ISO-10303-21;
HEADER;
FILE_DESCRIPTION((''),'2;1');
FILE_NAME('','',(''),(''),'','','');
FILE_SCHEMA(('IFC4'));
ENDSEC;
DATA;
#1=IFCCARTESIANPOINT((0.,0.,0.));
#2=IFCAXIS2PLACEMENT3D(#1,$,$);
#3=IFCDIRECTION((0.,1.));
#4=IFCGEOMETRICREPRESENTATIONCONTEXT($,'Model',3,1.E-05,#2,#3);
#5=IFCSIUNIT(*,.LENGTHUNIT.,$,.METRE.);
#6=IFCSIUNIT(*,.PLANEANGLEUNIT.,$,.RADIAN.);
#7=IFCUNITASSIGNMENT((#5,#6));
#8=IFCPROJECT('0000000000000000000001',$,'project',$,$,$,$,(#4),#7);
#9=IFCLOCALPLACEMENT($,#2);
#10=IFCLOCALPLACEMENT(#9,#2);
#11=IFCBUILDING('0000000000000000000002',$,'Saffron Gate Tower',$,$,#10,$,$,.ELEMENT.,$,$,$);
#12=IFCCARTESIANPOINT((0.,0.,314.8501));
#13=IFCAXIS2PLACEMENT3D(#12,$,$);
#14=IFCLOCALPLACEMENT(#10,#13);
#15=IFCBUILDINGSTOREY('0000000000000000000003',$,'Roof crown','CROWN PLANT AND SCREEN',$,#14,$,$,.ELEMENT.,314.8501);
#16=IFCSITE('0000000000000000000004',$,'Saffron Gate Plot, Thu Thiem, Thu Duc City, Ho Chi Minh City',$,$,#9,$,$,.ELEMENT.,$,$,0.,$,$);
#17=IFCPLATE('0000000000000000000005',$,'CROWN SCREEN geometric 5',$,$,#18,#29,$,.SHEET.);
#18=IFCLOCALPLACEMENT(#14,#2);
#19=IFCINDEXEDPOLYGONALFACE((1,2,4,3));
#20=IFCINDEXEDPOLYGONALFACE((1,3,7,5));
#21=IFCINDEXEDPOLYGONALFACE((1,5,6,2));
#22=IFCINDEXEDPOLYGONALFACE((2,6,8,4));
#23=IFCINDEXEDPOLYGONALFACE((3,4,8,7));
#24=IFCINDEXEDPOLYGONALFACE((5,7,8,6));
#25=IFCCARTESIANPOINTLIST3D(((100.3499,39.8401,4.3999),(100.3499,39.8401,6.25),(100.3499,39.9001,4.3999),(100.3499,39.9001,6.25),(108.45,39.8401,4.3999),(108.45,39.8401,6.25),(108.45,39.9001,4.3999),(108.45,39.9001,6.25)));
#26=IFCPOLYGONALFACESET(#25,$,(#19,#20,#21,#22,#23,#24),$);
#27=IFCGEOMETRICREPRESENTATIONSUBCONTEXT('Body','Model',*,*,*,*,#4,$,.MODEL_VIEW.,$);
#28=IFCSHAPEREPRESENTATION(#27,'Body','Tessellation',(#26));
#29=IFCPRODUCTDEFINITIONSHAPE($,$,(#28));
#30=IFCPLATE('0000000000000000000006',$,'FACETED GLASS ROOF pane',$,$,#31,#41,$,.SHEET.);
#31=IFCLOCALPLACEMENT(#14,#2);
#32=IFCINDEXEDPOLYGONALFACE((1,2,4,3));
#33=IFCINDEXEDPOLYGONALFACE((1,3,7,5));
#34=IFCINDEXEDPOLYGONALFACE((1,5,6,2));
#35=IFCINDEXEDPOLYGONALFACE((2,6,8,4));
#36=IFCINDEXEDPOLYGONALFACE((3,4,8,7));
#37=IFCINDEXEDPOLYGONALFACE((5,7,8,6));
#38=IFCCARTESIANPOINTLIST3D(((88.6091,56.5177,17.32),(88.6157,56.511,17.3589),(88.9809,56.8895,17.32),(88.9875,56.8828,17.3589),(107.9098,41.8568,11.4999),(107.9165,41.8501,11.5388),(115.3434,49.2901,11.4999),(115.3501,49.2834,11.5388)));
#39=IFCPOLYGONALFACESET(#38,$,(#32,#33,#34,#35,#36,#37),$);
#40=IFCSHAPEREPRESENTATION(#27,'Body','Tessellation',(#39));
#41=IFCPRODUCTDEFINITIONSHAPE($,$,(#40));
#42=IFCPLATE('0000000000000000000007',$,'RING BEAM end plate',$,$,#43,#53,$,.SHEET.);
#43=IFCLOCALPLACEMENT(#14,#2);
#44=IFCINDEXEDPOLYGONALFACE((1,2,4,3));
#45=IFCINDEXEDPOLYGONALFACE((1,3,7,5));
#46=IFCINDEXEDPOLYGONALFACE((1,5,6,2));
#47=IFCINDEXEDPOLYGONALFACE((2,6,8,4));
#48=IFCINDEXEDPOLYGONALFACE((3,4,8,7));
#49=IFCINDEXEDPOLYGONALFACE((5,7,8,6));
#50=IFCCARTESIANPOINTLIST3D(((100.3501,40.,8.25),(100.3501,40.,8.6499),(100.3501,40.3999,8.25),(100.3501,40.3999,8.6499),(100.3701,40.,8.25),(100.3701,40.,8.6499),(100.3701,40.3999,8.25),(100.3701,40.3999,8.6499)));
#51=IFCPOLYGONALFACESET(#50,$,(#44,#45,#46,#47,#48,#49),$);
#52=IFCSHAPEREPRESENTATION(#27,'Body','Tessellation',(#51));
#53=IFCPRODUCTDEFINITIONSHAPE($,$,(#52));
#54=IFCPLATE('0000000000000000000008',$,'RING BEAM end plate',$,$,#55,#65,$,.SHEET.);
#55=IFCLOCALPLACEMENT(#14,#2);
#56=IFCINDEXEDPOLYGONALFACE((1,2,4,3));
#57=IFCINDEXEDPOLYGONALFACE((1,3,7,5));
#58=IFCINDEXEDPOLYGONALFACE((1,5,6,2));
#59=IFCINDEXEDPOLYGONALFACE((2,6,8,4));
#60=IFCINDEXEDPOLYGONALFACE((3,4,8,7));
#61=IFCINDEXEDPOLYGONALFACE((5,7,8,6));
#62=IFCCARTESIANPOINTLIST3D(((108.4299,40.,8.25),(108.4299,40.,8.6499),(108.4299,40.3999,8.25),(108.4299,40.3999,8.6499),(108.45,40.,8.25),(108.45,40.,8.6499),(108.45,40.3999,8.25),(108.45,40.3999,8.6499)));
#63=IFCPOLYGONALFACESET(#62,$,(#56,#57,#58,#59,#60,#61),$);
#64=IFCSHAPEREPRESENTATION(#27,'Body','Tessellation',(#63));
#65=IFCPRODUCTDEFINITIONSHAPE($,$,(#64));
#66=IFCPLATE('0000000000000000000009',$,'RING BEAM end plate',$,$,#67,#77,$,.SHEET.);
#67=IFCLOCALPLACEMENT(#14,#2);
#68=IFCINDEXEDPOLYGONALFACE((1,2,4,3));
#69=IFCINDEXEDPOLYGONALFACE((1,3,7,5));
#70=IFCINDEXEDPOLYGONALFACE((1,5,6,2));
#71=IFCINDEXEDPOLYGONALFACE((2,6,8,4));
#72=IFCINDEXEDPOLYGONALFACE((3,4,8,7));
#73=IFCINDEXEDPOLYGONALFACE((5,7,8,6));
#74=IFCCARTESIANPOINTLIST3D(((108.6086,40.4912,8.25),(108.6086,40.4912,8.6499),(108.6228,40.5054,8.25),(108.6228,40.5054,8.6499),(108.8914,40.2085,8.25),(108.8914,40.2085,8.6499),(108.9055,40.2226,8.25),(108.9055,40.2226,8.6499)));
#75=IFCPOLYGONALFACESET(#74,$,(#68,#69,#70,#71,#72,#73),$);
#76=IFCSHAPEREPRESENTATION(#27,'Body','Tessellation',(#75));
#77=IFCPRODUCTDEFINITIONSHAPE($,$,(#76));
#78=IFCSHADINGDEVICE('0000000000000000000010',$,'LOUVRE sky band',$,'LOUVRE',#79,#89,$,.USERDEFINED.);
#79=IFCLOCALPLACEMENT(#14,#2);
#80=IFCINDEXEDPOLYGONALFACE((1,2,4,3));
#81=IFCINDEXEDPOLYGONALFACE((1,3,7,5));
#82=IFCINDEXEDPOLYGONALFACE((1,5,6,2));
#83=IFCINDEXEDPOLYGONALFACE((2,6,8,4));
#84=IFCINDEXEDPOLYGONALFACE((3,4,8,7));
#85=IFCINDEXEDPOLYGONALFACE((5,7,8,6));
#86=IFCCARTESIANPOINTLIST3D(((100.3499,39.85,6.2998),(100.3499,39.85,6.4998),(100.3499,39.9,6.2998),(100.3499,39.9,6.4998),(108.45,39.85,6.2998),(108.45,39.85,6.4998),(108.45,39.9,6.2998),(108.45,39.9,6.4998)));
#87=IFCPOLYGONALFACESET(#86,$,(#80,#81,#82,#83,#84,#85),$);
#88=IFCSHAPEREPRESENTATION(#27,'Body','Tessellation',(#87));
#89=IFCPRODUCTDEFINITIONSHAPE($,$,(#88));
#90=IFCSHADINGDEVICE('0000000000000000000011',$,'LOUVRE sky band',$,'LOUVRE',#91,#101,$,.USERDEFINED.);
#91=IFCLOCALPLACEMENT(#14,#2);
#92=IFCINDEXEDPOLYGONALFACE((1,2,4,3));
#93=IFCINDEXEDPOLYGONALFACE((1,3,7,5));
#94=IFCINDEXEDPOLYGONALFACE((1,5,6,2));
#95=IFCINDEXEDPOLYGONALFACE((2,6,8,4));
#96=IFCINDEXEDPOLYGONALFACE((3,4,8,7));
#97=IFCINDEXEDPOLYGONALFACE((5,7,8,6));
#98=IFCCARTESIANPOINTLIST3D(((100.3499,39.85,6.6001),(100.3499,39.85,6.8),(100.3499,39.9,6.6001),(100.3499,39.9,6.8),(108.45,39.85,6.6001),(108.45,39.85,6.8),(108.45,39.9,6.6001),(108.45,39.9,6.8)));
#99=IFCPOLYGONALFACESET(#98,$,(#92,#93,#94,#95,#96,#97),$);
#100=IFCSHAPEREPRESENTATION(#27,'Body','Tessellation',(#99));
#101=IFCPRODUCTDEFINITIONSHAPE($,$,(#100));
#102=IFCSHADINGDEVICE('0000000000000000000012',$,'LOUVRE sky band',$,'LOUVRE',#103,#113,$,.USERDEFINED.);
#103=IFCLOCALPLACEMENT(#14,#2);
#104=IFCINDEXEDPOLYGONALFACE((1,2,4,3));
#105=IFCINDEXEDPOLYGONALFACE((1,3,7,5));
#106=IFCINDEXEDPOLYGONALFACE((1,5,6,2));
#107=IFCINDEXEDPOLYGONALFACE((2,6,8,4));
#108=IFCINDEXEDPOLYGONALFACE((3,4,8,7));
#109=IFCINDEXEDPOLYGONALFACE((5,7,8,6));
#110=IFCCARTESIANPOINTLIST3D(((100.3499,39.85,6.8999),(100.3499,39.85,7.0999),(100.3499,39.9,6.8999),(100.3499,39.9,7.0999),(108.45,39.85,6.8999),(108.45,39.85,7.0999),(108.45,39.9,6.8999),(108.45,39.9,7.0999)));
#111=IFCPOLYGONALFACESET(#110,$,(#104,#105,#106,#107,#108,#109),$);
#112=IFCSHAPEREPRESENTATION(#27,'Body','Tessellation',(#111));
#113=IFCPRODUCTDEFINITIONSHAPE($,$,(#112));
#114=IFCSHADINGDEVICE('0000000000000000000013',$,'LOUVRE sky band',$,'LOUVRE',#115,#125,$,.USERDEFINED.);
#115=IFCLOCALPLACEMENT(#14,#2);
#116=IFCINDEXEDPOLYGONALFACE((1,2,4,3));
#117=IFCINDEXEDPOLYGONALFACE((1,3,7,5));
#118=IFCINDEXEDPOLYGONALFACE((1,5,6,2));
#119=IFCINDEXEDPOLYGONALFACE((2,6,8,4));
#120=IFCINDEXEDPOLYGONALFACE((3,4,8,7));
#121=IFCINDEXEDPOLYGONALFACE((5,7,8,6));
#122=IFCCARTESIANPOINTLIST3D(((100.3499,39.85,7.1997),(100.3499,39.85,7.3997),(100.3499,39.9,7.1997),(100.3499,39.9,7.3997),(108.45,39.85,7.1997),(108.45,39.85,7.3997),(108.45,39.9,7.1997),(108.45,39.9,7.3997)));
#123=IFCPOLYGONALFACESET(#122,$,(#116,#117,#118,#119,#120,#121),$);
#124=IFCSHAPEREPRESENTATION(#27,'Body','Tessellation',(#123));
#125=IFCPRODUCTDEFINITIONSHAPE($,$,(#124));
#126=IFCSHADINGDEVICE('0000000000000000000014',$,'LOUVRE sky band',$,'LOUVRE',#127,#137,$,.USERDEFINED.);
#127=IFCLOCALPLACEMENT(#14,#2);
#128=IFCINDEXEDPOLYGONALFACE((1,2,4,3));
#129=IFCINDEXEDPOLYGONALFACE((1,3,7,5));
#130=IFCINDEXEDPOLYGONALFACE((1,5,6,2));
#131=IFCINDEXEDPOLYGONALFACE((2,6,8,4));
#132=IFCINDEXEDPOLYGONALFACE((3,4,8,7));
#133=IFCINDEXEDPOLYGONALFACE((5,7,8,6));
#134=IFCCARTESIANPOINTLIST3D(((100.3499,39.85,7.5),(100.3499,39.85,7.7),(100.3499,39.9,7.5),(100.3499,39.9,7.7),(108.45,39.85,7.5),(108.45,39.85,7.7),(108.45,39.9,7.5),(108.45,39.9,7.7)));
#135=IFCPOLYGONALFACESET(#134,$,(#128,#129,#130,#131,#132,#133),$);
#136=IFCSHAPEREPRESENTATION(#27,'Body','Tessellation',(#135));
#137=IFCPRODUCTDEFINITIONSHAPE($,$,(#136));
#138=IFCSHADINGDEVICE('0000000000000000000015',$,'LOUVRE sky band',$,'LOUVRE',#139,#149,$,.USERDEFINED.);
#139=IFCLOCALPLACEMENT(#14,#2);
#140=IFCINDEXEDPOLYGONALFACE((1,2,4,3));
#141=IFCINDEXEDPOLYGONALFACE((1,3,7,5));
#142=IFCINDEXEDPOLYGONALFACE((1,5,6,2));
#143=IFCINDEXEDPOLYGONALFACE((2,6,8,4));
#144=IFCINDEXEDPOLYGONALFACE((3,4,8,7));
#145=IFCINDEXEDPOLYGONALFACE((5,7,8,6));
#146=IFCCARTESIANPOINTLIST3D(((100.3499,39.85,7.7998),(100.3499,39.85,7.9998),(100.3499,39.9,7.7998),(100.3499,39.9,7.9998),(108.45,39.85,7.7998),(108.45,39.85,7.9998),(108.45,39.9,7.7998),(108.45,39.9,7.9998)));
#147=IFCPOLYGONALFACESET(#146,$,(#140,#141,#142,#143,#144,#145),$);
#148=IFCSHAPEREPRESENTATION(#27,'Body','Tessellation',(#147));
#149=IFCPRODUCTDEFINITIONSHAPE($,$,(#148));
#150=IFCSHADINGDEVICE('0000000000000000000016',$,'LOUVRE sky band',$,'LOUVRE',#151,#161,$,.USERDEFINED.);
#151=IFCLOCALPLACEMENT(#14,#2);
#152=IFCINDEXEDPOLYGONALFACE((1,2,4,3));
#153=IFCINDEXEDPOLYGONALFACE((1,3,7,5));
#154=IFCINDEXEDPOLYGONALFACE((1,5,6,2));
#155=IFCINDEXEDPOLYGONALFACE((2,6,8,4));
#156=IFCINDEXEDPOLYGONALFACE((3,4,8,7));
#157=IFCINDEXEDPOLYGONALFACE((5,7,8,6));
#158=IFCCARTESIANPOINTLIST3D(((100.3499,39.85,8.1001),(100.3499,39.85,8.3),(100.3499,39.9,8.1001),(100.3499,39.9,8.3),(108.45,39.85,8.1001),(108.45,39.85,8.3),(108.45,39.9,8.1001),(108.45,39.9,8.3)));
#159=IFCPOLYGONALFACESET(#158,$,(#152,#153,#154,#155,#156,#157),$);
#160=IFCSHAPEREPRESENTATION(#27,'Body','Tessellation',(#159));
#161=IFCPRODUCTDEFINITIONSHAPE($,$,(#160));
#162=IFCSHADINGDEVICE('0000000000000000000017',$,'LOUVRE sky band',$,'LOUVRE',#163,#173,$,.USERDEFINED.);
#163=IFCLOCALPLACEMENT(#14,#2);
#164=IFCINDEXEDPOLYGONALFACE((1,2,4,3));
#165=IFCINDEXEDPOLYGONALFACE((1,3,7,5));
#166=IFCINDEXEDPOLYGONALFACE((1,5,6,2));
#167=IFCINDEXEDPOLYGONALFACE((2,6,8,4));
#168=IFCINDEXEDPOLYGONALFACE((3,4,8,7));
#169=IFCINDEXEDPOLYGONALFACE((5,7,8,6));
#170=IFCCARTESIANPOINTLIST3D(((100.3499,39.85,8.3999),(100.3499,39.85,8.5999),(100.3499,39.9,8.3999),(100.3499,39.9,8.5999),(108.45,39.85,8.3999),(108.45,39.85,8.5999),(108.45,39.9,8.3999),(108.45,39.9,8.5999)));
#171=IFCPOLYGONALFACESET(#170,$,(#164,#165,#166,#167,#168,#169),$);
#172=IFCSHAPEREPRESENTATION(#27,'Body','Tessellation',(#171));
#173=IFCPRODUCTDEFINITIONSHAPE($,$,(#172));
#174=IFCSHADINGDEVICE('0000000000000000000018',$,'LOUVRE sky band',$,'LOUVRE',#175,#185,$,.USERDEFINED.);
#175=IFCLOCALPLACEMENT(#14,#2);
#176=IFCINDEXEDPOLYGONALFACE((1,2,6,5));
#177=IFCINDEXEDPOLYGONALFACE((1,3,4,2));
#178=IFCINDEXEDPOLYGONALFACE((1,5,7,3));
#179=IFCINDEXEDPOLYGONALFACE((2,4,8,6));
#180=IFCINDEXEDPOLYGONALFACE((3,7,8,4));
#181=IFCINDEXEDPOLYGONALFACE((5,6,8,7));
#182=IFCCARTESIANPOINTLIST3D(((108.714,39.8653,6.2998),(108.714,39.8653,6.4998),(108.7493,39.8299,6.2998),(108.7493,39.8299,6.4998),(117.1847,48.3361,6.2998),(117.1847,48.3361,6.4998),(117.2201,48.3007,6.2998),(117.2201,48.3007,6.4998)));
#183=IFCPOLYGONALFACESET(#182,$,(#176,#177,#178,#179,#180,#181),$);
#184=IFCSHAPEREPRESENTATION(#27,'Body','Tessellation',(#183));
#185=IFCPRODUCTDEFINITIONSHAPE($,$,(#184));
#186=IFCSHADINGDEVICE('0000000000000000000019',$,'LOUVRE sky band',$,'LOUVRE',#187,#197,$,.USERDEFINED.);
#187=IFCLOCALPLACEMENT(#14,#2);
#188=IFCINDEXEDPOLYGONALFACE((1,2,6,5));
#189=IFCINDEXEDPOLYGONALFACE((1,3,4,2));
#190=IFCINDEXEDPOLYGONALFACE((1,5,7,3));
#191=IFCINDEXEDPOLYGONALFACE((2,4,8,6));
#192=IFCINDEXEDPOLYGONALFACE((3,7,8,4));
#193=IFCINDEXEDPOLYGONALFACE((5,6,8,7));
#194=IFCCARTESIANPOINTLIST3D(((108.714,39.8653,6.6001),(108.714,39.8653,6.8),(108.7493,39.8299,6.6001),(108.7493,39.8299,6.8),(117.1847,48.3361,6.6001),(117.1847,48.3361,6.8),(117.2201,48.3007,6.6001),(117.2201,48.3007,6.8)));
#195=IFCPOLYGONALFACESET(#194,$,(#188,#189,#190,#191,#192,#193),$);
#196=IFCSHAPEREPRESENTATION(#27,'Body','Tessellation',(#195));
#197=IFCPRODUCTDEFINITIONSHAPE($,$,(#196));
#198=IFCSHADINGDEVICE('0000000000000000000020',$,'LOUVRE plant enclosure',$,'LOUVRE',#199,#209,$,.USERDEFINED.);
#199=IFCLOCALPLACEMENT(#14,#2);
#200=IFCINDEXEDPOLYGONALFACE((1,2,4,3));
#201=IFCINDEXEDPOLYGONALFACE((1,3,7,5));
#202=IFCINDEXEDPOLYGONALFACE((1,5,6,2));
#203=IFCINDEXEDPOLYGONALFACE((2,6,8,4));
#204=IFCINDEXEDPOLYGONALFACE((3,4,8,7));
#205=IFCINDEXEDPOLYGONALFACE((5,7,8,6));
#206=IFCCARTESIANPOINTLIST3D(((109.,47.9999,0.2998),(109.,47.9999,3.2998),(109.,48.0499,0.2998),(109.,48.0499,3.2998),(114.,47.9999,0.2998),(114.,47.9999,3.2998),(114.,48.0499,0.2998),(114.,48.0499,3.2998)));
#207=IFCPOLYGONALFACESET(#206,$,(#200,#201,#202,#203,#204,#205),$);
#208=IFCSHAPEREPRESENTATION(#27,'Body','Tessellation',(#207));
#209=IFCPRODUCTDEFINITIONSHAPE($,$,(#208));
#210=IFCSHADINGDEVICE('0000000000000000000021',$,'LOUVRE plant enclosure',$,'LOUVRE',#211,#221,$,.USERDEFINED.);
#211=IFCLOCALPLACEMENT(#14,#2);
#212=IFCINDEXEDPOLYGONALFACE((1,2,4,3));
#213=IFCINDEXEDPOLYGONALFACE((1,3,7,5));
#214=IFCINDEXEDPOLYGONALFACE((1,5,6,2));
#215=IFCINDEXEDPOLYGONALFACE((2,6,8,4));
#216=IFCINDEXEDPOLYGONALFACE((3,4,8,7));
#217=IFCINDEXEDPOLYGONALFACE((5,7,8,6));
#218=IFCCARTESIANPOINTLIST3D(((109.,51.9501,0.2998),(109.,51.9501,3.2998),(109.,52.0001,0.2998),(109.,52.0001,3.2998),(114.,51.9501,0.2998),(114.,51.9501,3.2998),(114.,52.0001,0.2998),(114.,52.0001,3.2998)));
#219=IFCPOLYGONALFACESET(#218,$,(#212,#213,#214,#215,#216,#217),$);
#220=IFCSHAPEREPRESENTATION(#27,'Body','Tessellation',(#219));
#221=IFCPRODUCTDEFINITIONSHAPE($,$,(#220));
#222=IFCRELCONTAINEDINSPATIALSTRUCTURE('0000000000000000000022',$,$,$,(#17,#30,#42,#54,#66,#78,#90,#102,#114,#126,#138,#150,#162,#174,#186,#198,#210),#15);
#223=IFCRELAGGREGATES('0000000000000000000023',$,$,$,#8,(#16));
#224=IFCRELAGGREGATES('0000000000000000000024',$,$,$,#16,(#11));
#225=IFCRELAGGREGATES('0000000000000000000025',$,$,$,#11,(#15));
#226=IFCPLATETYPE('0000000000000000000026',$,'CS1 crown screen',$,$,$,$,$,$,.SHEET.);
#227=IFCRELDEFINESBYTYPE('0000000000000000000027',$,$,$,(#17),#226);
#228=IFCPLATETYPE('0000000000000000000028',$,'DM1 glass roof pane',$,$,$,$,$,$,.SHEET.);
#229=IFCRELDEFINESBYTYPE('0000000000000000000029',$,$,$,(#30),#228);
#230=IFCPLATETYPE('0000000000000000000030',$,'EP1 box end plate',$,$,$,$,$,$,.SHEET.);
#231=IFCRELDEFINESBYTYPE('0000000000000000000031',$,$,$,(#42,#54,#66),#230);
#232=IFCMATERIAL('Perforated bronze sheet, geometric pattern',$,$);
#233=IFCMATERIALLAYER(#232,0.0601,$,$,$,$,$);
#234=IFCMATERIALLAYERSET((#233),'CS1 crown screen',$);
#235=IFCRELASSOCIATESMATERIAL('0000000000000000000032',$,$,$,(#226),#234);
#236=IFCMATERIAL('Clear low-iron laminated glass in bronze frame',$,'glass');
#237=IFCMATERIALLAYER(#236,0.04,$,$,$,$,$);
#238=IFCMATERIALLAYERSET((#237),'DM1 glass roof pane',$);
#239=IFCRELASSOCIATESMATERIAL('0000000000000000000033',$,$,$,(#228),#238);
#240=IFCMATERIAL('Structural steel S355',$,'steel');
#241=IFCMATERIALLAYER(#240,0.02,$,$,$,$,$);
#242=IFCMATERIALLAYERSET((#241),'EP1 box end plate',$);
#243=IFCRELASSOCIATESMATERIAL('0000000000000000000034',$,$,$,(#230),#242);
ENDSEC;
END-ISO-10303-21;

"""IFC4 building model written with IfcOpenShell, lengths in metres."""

from ifc_helpers import new_model, si_unit, direction, frame, origin, origin_2d, place, context, subcontext, project, spatial, polyline, rectangle, outline, extrude, material, layer, layer_set, type_object, element, save


model = new_model("IFC4")

# Units and contexts
model_context = context("Model", 3, precision=1e-05, world=origin(), true_north=direction((0.0, 1.0)))
body_context = subcontext(model_context, "Body", "Model", "MODEL_VIEW")
ifc_project = project(units=[si_unit("LENGTHUNIT", "METRE"), si_unit("PLANEANGLEUNIT", "RADIAN")], contexts=[model_context])

# Site, building, storey
site_placement = place(None, origin())
site = spatial("IfcSite", under=ifc_project, at=site_placement, Name="Saffron Gate Plot, Thu Thiem, Thu Duc City, Ho Chi Minh City", CompositionType="ELEMENT", RefElevation=0.0)
building_placement = place(site_placement, origin())
building = spatial("IfcBuilding", under=site, at=building_placement, Name="Saffron Gate Tower", CompositionType="ELEMENT")
storey_placement = place(building_placement, frame((0.0, 0.0, 314.8501)))
storey = spatial("IfcBuildingStorey", under=building, at=storey_placement, Name="Roof crown", Description="CROWN PLANT AND SCREEN", CompositionType="ELEMENT", Elevation=314.8501)

# Shared definitions
ifc_material_1 = material(Name="Structural steel S355", Category="steel")

# Plates
ifc_material_2 = material(Name="Perforated bronze sheet, geometric pattern")
ifc_layer_1 = layer(ifc_material_2, 0.0601)
ifc_layer_set_1 = layer_set([ifc_layer_1], Name="CS1 crown screen")
plate_type_1 = type_object("IfcPlateType", Name="CS1 crown screen", PredefinedType="SHEET", material=ifc_layer_set_1)
plate_1_placement = place(storey_placement, frame((104.3999, 39.8701, 4.3999), z_axis=(0.0, 0.0, 1.0), x_axis=(1.0, 0.0, 0.0)))
element("IfcPlate", 1, at=plate_1_placement, inside=storey, type_object=plate_type_1, Name="CROWN SCREEN geometric 5", PredefinedType="SHEET", context=body_context, shape_type="SweptSolid", body=[
    extrude(rectangle(XDim=8.1001, YDim=0.0601, at=origin_2d()), origin(), (0.0, 0.0, 1.0), 1.8501),
])
ifc_material_3 = material(Name="Clear low-iron laminated glass in bronze frame", Category="glass")
ifc_layer_2 = layer(ifc_material_3, 0.04)
ifc_layer_set_2 = layer_set([ifc_layer_2], Name="DM1 glass roof pane")
plate_type_2 = type_object("IfcPlateType", Name="DM1 glass roof pane", PredefinedType="SHEET", material=ifc_layer_set_2)
plate_2_placement = place(storey_placement, frame((107.9165, 41.8501, 11.5388), z_axis=(0.166548, -0.166553, 0.971865), x_axis=(0.707118, 0.707095, 0.0)))
element("IfcPlate", 2, at=plate_2_placement, inside=storey, type_object=plate_type_2, Name="FACETED GLASS ROOF pane", PredefinedType="SHEET", context=body_context, shape_type="SweptSolid", body=[
    extrude(outline(polyline([(0.0, 0.0), (10.5125, 0.0), (-2.7555, 24.7097), (-3.2813, 24.7097), (0.0, 0.0)])), origin(), (0.0, 0.0, -1.0), 0.04),
])
ifc_layer_3 = layer(ifc_material_1, 0.02)
ifc_layer_set_3 = layer_set([ifc_layer_3], Name="EP1 box end plate")
plate_type_3 = type_object("IfcPlateType", Name="EP1 box end plate", PredefinedType="SHEET", material=ifc_layer_set_3)
for number, where, z_axis, x_axis, name in (
    (3, (100.3601, 40.2, 8.25), (0.0, 0.0, 1.0), (1.0, 0.0, 0.0), "RING BEAM end plate"),
    (4, (108.4399, 40.2, 8.25), (0.0, 0.0, 1.0), (1.0, 0.0, 0.0), "RING BEAM end plate"),
    (5, (108.7571, 40.3569, 8.25), (0.0, 0.0, 1.0), (0.707107, 0.707107, 0.0), "RING BEAM end plate"),
):
    element("IfcPlate", number, at=place(storey_placement, frame(where, z_axis=z_axis, x_axis=x_axis)), inside=storey, type_object=plate_type_3, Name=name, PredefinedType="SHEET", context=body_context, shape_type="SweptSolid", body=[
        extrude(rectangle(XDim=0.02, YDim=0.3999, at=origin_2d()), origin(), (0.0, 0.0, 1.0), 0.3999),
    ])

# Shading devices
for number, where, z_axis, x_axis, name in (
    (6, (104.3999, 39.875, 6.2998), (0.0, 0.0, 1.0), (1.0, 0.0, 0.0), "LOUVRE sky band"),
    (7, (104.3999, 39.875, 6.6001), (0.0, 0.0, 1.0), (1.0, 0.0, 0.0), "LOUVRE sky band"),
    (8, (104.3999, 39.875, 6.8999), (0.0, 0.0, 1.0), (1.0, 0.0, 0.0), "LOUVRE sky band"),
    (9, (104.3999, 39.875, 7.1997), (0.0, 0.0, 1.0), (1.0, 0.0, 0.0), "LOUVRE sky band"),
    (10, (104.3999, 39.875, 7.5), (0.0, 0.0, 1.0), (1.0, 0.0, 0.0), "LOUVRE sky band"),
    (11, (104.3999, 39.875, 7.7998), (0.0, 0.0, 1.0), (1.0, 0.0, 0.0), "LOUVRE sky band"),
    (12, (104.3999, 39.875, 8.1001), (0.0, 0.0, 1.0), (1.0, 0.0, 0.0), "LOUVRE sky band"),
    (13, (104.3999, 39.875, 8.3999), (0.0, 0.0, 1.0), (1.0, 0.0, 0.0), "LOUVRE sky band"),
):
    element("IfcShadingDevice", number, at=place(storey_placement, frame(where, z_axis=z_axis, x_axis=x_axis)), inside=storey, Name=name, ObjectType="LOUVRE", PredefinedType="USERDEFINED", context=body_context, shape_type="SweptSolid", body=[
        extrude(rectangle(XDim=8.1001, YDim=0.05, at=origin_2d()), origin(), (0.0, 0.0, 1.0), 0.2),
    ])
for number, where, z_axis, x_axis, name in (
    (14, (112.967, 44.083, 6.2998), (0.0, 0.0, 1.0), (0.707107, 0.707107, 0.0), "LOUVRE sky band"),
    (15, (112.967, 44.083, 6.6001), (0.0, 0.0, 1.0), (0.707107, 0.707107, 0.0), "LOUVRE sky band"),
):
    element("IfcShadingDevice", number, at=place(storey_placement, frame(where, z_axis=z_axis, x_axis=x_axis)), inside=storey, Name=name, ObjectType="LOUVRE", PredefinedType="USERDEFINED", context=body_context, shape_type="SweptSolid", body=[
        extrude(rectangle(XDim=11.9795, YDim=0.05, at=origin_2d()), origin(), (0.0, 0.0, 1.0), 0.2),
    ])
for number, where, z_axis, x_axis, name in (
    (16, (111.5, 48.0249, 0.2998), (0.0, 0.0, 1.0), (1.0, 0.0, 0.0), "LOUVRE plant enclosure"),
    (17, (111.5, 51.9751, 0.2998), (0.0, 0.0, 1.0), (1.0, 0.0, 0.0), "LOUVRE plant enclosure"),
):
    element("IfcShadingDevice", number, at=place(storey_placement, frame(where, z_axis=z_axis, x_axis=x_axis)), inside=storey, Name=name, ObjectType="LOUVRE", PredefinedType="USERDEFINED", context=body_context, shape_type="SweptSolid", body=[
        extrude(rectangle(XDim=5.0, YDim=0.05, at=origin_2d()), origin(), (0.0, 0.0, 1.0), 3.0),
    ])

save(model, "model.ifc")
